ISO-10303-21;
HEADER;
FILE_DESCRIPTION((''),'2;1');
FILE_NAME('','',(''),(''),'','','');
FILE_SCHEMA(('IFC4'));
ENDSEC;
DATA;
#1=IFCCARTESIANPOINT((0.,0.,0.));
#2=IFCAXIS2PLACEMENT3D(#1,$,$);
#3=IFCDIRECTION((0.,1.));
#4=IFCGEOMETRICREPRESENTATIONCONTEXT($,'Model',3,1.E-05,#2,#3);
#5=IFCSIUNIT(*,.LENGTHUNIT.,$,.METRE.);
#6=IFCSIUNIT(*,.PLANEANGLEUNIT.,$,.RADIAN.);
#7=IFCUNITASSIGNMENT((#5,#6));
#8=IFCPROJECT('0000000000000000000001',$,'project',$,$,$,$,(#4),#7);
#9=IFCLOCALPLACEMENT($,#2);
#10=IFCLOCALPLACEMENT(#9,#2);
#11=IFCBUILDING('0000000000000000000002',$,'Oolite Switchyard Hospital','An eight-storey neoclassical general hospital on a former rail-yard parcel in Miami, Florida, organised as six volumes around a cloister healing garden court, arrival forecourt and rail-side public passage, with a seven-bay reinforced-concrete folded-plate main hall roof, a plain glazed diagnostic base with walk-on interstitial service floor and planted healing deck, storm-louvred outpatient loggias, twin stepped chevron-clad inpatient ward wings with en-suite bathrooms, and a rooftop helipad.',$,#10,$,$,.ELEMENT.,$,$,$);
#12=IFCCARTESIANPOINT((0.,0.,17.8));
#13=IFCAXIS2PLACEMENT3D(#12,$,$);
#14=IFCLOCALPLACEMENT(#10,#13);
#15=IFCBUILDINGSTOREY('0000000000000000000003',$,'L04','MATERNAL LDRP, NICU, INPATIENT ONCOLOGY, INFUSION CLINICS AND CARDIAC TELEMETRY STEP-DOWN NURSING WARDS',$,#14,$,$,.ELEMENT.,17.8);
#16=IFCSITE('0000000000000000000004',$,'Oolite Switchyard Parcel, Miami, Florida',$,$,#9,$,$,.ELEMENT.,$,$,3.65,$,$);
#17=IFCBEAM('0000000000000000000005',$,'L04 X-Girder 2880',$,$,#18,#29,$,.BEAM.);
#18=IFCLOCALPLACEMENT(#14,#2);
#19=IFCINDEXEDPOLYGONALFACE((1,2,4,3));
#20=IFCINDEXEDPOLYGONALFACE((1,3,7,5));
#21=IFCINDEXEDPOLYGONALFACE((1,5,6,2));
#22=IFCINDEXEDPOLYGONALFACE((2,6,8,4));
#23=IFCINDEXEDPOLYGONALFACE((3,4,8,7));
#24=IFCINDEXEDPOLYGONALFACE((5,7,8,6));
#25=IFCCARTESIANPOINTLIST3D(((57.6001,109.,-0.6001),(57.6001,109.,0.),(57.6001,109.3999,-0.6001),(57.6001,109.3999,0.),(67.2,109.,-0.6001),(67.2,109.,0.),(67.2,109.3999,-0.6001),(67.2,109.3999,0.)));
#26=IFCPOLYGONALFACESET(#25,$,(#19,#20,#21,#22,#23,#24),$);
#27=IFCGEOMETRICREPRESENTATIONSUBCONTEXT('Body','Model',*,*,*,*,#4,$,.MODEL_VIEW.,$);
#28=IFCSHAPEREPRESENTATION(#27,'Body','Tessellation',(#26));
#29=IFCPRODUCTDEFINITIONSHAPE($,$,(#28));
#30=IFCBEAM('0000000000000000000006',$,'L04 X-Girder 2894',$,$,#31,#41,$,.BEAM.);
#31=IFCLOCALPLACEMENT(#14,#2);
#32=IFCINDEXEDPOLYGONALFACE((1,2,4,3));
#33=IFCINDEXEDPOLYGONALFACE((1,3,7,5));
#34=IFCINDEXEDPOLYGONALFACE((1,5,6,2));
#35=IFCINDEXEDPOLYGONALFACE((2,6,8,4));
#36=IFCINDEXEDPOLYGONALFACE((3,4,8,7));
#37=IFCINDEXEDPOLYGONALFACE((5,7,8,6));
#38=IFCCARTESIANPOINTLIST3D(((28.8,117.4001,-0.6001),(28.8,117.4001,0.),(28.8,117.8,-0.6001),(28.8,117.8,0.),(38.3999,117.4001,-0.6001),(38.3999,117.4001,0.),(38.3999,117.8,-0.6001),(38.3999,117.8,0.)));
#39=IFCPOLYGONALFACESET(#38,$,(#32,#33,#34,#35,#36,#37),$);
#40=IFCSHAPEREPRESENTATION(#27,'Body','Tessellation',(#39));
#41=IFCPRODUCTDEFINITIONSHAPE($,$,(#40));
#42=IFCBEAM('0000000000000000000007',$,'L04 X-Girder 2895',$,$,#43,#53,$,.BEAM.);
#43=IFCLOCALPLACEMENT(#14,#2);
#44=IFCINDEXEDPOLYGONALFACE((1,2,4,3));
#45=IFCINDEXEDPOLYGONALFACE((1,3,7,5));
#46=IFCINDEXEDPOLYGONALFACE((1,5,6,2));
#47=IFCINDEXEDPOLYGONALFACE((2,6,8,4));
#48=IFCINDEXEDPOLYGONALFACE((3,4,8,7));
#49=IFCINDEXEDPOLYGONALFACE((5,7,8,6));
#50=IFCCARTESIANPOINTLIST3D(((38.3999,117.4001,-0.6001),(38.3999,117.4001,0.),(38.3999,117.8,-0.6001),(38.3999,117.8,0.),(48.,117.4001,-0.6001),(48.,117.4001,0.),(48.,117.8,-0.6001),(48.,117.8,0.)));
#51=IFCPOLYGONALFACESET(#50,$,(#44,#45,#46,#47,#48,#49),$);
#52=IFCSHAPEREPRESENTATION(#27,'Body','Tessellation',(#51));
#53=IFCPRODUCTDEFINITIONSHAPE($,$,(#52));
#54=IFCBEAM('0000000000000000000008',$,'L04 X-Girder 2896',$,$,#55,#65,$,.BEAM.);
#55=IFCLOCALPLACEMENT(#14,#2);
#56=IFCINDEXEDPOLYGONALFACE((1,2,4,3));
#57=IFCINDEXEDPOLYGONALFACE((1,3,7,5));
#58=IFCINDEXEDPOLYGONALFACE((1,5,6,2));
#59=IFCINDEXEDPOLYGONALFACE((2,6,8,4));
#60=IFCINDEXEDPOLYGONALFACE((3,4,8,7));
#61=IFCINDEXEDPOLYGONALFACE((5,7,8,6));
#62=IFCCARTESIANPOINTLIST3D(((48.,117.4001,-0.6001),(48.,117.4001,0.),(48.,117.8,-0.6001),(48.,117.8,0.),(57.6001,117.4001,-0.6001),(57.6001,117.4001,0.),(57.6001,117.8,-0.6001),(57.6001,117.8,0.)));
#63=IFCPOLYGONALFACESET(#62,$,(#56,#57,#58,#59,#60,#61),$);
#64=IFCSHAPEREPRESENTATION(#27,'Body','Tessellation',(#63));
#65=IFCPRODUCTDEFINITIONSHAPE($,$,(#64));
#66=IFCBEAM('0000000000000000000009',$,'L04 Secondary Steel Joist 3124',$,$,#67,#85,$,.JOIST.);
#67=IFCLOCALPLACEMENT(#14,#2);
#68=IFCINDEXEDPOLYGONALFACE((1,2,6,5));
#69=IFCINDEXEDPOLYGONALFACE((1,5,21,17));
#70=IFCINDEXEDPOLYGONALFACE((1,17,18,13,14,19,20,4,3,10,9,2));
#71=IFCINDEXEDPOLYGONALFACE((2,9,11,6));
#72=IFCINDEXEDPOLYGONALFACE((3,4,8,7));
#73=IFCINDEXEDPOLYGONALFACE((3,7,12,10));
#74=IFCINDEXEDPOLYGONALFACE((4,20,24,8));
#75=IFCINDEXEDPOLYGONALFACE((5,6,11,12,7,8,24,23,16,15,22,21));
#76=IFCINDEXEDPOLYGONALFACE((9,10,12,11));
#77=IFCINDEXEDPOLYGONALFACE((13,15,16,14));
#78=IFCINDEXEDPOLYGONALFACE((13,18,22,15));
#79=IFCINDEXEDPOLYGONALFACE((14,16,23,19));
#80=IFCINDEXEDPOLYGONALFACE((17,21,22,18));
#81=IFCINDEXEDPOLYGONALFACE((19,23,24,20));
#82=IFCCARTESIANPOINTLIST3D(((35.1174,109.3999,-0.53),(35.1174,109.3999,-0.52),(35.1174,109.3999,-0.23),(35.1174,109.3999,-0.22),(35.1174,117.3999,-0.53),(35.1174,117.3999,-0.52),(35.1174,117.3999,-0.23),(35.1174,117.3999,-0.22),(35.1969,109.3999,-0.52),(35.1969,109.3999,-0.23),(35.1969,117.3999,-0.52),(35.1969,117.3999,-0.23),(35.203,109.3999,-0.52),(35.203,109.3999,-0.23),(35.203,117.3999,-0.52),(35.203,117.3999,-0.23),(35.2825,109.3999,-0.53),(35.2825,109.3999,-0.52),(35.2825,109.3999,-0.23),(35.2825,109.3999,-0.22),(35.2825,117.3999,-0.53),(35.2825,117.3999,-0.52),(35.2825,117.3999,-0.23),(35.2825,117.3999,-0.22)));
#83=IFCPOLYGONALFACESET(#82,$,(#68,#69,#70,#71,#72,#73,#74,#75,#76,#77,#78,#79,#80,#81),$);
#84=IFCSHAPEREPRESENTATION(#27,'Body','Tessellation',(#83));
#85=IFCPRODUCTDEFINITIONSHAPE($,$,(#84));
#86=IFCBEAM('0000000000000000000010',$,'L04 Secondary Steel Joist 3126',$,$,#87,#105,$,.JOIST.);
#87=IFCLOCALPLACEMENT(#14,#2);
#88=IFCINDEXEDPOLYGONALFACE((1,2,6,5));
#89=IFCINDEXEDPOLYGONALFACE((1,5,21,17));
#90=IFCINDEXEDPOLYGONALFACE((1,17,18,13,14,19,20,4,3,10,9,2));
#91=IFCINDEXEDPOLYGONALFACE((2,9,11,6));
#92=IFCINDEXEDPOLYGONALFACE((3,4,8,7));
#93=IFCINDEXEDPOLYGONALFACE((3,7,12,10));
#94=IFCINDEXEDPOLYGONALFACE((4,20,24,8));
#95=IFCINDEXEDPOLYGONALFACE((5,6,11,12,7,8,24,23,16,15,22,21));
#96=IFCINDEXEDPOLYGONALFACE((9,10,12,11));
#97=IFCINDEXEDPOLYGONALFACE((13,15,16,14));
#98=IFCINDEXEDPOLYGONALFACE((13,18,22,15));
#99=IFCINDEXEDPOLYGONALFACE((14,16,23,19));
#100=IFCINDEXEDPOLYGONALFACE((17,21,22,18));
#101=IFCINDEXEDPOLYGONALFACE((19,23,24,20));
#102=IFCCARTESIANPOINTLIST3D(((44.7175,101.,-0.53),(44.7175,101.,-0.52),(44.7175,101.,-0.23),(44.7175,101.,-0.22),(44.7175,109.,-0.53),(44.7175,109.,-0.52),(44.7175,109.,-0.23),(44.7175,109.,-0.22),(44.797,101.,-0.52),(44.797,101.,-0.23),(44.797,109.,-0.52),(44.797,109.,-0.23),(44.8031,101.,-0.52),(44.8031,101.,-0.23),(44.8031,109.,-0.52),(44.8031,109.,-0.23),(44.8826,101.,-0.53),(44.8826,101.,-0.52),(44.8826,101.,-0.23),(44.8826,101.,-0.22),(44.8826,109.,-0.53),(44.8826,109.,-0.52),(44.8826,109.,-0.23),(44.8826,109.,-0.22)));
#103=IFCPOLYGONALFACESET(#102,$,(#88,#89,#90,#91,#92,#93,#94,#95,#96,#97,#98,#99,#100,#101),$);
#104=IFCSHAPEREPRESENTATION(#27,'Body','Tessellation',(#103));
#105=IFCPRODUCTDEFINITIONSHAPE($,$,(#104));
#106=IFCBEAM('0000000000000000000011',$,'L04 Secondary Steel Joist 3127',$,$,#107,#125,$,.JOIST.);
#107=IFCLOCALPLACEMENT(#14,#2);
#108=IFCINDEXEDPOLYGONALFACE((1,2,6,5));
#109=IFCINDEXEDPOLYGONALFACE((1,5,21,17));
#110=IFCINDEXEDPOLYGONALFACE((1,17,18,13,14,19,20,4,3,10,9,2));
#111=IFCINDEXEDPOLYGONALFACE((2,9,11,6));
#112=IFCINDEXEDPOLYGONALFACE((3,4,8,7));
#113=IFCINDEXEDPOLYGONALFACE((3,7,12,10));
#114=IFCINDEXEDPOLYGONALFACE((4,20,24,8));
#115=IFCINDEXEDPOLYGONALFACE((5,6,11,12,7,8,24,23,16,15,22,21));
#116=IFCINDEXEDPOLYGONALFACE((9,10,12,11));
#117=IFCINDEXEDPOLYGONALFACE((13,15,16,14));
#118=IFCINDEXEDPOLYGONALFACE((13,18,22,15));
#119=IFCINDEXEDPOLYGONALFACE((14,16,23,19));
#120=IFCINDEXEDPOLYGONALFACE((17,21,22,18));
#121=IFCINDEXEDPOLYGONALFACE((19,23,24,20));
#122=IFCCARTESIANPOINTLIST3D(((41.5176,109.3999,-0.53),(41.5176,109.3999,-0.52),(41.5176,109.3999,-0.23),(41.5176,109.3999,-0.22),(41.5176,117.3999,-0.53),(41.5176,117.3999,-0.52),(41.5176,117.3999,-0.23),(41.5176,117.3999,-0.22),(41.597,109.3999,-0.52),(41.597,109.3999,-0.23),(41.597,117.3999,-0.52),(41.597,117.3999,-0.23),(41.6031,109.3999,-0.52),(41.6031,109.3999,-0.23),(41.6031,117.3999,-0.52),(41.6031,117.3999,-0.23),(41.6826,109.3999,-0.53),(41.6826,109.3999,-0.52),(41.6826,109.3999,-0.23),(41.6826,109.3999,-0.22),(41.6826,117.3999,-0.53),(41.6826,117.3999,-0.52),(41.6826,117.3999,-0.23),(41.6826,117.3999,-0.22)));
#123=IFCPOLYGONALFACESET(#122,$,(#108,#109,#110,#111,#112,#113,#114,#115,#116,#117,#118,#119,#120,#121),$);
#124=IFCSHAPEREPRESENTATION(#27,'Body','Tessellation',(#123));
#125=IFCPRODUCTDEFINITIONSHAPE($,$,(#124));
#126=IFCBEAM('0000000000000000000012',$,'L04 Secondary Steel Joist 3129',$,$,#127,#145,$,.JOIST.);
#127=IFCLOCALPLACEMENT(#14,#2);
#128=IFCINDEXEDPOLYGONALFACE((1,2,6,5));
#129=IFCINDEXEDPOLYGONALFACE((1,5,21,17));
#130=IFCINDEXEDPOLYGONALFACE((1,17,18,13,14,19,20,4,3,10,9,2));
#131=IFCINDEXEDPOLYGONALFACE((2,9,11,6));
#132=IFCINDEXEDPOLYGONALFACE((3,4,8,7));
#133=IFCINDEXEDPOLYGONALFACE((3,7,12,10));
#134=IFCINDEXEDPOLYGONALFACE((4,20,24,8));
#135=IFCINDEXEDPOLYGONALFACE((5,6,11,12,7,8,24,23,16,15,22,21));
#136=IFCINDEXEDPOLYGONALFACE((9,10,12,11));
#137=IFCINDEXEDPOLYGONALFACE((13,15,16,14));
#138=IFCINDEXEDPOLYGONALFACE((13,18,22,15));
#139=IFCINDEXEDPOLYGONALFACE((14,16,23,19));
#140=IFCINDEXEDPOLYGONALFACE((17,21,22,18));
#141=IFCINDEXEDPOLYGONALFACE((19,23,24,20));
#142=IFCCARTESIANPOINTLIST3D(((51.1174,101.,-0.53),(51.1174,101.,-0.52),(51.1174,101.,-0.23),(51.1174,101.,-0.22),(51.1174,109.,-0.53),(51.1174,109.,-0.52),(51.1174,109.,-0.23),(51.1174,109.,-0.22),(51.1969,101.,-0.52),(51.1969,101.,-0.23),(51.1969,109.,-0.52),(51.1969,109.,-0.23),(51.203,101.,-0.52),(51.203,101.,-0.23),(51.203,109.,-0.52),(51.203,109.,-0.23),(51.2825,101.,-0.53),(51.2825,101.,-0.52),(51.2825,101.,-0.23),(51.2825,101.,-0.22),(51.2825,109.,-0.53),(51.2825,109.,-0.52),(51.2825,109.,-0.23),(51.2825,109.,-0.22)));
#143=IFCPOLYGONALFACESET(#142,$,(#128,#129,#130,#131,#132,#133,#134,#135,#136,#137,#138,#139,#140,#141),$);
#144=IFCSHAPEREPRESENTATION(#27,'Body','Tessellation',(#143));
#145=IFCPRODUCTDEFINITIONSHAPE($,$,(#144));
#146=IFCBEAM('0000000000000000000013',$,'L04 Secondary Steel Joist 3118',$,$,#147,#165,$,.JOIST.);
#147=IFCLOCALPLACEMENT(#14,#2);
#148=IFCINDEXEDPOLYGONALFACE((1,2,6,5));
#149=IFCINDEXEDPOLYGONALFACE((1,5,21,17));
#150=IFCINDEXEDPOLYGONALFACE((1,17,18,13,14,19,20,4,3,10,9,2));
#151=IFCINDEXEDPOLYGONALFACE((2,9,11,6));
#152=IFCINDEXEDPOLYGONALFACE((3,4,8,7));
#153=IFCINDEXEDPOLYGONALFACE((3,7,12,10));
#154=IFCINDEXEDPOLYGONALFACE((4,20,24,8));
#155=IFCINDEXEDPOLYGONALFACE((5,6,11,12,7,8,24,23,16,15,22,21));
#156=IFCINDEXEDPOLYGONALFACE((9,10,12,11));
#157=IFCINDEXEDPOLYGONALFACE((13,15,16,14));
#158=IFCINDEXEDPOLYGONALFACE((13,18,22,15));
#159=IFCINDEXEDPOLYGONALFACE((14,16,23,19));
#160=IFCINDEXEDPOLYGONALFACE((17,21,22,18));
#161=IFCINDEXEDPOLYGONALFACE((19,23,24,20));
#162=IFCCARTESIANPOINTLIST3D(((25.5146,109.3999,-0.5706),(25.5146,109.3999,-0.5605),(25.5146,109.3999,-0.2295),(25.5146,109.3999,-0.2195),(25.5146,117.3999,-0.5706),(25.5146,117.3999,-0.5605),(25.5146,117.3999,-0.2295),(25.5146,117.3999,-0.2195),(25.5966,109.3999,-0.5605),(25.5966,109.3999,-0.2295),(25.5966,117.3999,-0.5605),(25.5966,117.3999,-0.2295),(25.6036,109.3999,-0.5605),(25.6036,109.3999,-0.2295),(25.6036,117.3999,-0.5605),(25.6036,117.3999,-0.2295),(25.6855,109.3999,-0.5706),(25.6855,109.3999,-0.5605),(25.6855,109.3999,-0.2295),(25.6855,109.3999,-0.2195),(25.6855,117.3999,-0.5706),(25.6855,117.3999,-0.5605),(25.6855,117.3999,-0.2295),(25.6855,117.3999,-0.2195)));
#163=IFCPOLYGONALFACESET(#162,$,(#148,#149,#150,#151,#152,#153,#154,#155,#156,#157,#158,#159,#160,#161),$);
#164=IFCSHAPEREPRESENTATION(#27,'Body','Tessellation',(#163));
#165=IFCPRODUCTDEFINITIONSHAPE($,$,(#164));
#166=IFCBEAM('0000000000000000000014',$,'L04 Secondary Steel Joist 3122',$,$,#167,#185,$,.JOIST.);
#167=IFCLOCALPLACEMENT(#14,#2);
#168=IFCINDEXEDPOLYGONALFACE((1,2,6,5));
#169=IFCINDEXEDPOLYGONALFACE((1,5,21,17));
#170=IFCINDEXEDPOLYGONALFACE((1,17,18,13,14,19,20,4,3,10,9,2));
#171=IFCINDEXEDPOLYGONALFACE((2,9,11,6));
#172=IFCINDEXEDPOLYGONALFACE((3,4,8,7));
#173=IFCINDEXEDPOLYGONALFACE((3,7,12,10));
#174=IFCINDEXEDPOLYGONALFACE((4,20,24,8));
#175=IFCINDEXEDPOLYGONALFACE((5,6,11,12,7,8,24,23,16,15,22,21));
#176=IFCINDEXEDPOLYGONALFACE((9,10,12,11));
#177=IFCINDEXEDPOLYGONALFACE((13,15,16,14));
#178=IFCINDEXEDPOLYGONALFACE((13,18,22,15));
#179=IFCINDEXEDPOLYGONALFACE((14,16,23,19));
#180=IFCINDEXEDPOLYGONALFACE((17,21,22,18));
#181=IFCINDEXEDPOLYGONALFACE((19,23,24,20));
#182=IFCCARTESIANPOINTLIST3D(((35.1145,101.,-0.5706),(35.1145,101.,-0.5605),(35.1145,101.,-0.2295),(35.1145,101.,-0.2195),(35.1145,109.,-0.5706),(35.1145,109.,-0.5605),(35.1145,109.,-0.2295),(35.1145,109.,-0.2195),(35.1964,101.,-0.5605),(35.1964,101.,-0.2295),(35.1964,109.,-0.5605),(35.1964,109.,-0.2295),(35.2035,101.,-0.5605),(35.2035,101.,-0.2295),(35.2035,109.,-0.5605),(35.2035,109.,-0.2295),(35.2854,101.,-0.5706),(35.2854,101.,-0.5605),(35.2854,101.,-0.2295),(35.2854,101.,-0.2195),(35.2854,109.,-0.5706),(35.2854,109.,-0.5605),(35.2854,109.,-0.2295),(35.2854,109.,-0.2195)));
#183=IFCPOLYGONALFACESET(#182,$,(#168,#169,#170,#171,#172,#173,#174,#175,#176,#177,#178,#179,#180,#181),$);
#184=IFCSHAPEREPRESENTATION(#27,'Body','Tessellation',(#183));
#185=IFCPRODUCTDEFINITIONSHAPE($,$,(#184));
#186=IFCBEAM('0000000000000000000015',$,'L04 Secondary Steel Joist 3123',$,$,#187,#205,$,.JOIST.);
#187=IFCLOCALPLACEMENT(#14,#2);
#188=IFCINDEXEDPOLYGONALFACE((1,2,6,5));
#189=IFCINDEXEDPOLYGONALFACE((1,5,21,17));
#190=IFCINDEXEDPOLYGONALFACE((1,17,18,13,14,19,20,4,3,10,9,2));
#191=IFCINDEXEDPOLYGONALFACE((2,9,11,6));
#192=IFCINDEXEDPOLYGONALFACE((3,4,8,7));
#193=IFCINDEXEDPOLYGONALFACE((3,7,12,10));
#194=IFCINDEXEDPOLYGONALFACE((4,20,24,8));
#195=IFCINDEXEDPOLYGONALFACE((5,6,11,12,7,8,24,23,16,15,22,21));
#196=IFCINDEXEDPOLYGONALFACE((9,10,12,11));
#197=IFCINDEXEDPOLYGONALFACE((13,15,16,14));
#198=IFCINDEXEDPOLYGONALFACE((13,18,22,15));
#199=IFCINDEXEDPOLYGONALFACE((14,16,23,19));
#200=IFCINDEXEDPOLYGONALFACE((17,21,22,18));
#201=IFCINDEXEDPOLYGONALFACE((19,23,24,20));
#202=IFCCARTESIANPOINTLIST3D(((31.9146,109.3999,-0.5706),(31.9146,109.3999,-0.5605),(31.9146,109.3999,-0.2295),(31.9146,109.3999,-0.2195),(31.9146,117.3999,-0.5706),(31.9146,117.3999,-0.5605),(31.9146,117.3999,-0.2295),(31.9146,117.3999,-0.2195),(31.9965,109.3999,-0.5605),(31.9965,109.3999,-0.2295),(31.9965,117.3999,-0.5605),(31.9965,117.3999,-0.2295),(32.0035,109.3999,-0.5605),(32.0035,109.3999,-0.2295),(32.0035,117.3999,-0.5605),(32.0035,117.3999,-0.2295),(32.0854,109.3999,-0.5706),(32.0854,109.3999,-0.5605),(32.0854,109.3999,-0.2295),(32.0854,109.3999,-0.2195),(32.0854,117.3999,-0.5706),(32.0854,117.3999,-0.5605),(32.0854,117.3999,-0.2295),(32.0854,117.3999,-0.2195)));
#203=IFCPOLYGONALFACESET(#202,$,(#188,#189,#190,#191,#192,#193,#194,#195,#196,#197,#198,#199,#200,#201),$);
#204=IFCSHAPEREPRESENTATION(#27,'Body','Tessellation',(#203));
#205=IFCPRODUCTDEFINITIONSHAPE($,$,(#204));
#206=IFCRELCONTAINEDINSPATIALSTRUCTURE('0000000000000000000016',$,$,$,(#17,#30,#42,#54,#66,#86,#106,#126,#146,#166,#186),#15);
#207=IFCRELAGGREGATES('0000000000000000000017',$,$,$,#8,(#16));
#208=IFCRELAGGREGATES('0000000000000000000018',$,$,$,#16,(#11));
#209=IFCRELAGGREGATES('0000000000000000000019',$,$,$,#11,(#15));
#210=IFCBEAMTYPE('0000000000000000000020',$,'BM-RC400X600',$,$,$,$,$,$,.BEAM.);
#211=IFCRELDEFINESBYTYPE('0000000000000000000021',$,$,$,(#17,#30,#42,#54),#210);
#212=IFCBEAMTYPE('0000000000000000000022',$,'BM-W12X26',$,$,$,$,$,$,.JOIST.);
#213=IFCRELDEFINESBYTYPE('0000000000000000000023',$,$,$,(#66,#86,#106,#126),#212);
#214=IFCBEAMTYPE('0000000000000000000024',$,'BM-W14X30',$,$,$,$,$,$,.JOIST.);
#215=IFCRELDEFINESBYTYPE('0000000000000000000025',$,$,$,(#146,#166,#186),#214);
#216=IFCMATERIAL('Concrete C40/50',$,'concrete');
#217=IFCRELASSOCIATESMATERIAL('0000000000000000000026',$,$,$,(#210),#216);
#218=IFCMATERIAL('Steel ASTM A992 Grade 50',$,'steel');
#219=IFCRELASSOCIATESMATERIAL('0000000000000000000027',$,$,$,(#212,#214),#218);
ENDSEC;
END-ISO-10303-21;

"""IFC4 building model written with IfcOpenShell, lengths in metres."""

from ifc_helpers import new_model, si_unit, direction, frame, origin, origin_2d, place, context, subcontext, project, spatial, rectangle, i_section, extrude, material, material_profile, profile_set, type_object, element, save


model = new_model("IFC4")

# Units and contexts
model_context = context("Model", 3, precision=1e-05, world=origin(), true_north=direction((0.0, 1.0)))
body_context = subcontext(model_context, "Body", "Model", "MODEL_VIEW")
ifc_project = project(units=[si_unit("LENGTHUNIT", "METRE"), si_unit("PLANEANGLEUNIT", "RADIAN")], contexts=[model_context])

# Site, building, storey
site_placement = place(None, origin())
site = spatial("IfcSite", under=ifc_project, at=site_placement, Name="Oolite Switchyard Parcel, Miami, Florida", CompositionType="ELEMENT", RefElevation=3.65)
building_placement = place(site_placement, origin())
building = spatial("IfcBuilding", under=site, at=building_placement, Name="Oolite Switchyard Hospital", Description="An eight-storey neoclassical general hospital on a former rail-yard parcel in Miami, Florida, organised as six volumes around a cloister healing garden court, arrival forecourt and rail-side public passage, with a seven-bay reinforced-concrete folded-plate main hall roof, a plain glazed diagnostic base with walk-on interstitial service floor and planted healing deck, storm-louvred outpatient loggias, twin stepped chevron-clad inpatient ward wings with en-suite bathrooms, and a rooftop helipad.", CompositionType="ELEMENT")
storey_placement = place(building_placement, frame((0.0, 0.0, 17.8)))
storey = spatial("IfcBuildingStorey", under=building, at=storey_placement, Name="L04", Description="MATERNAL LDRP, NICU, INPATIENT ONCOLOGY, INFUSION CLINICS AND CARDIAC TELEMETRY STEP-DOWN NURSING WARDS", CompositionType="ELEMENT", Elevation=17.8)

# Beams
ifc_material_1 = material(Name="Concrete C40/50", Category="concrete")
ifc_material_profile_1 = material_profile(ifc_material_1, rectangle(XDim=0.3999, YDim=0.6001, at=origin_2d()), Name="RCB400X600")
ifc_profile_set_1 = profile_set([ifc_material_profile_1], Name="Concrete C40/50")
beam_type_1 = type_object("IfcBeamType", Name="BM-RC400X600", PredefinedType="BEAM", material=ifc_profile_set_1)
for number, where, z_axis, x_axis, name in (
    (1, (57.6001, 109.2, -0.3), (1.0, 0.0, 0.0), (0.0, 1.0, 0.0), "L04 X-Girder 2880"),
    (2, (28.8, 117.6001, -0.3), (1.0, 0.0, 0.0), (0.0, 1.0, 0.0), "L04 X-Girder 2894"),
):
    element("IfcBeam", number, at=place(storey_placement, frame(where, z_axis=z_axis, x_axis=x_axis)), inside=storey, type_object=beam_type_1, Name=name, PredefinedType="BEAM", context=body_context, shape_type="SweptSolid", body=[
        extrude(rectangle(XDim=0.3999, YDim=0.6001, at=origin_2d()), origin(), (0.0, 0.0, 1.0), 9.5999),
    ])
for number, where, z_axis, x_axis, name in (
    (3, (38.3999, 117.6001, -0.3), (1.0, 0.0, 0.0), (0.0, 1.0, 0.0), "L04 X-Girder 2895"),
    (4, (48.0, 117.6001, -0.3), (1.0, 0.0, 0.0), (0.0, 1.0, 0.0), "L04 X-Girder 2896"),
):
    element("IfcBeam", number, at=place(storey_placement, frame(where, z_axis=z_axis, x_axis=x_axis)), inside=storey, type_object=beam_type_1, Name=name, PredefinedType="BEAM", context=body_context, shape_type="SweptSolid", body=[
        extrude(rectangle(XDim=0.3999, YDim=0.6001, at=origin_2d()), origin(), (0.0, 0.0, 1.0), 9.6001),
    ])
ifc_material_2 = material(Name="Steel ASTM A992 Grade 50", Category="steel")
ifc_material_profile_2 = material_profile(ifc_material_2, i_section(OverallWidth=0.165, OverallDepth=0.3101, WebThickness=0.0061, FlangeThickness=0.01, at=origin_2d()), Name="W12X26")
ifc_profile_set_2 = profile_set([ifc_material_profile_2], Name="Steel ASTM A992 Grade 50")
beam_type_2 = type_object("IfcBeamType", Name="BM-W12X26", PredefinedType="JOIST", material=ifc_profile_set_2)
for number, where, z_axis, x_axis, name in (
    (5, (35.2, 109.3999, -0.375), (0.0, 1.0, 0.0), (-1.0, 0.0, 0.0), "L04 Secondary Steel Joist 3124"),
    (6, (44.8, 101.0, -0.375), (0.0, 1.0, 0.0), (-1.0, 0.0, 0.0), "L04 Secondary Steel Joist 3126"),
    (7, (41.6001, 109.3999, -0.375), (0.0, 1.0, 0.0), (-1.0, 0.0, 0.0), "L04 Secondary Steel Joist 3127"),
    (8, (51.2, 101.0, -0.375), (0.0, 1.0, 0.0), (-1.0, 0.0, 0.0), "L04 Secondary Steel Joist 3129"),
):
    element("IfcBeam", number, at=place(storey_placement, frame(where, z_axis=z_axis, x_axis=x_axis)), inside=storey, type_object=beam_type_2, Name=name, PredefinedType="JOIST", context=body_context, shape_type="SweptSolid", body=[
        extrude(i_section(OverallWidth=0.165, OverallDepth=0.3101, WebThickness=0.0061, FlangeThickness=0.01, at=origin_2d()), origin(), (0.0, 0.0, 1.0), 8.0),
    ])
ifc_material_profile_3 = material_profile(ifc_material_2, i_section(OverallWidth=0.1709, OverallDepth=0.3511, WebThickness=0.0071, FlangeThickness=0.01, at=origin_2d()), Name="W14X30")
ifc_profile_set_3 = profile_set([ifc_material_profile_3], Name="Steel ASTM A992 Grade 50")
beam_type_3 = type_object("IfcBeamType", Name="BM-W14X30", PredefinedType="JOIST", material=ifc_profile_set_3)
for number, where, z_axis, x_axis, name in (
    (9, (25.6001, 109.3999, -0.395), (0.0, 1.0, 0.0), (-1.0, 0.0, 0.0), "L04 Secondary Steel Joist 3118"),
    (10, (35.2, 101.0, -0.395), (0.0, 1.0, 0.0), (-1.0, 0.0, 0.0), "L04 Secondary Steel Joist 3122"),
    (11, (32.0, 109.3999, -0.395), (0.0, 1.0, 0.0), (-1.0, 0.0, 0.0), "L04 Secondary Steel Joist 3123"),
):
    element("IfcBeam", number, at=place(storey_placement, frame(where, z_axis=z_axis, x_axis=x_axis)), inside=storey, type_object=beam_type_3, Name=name, PredefinedType="JOIST", context=body_context, shape_type="SweptSolid", body=[
        extrude(i_section(OverallWidth=0.1709, OverallDepth=0.3511, WebThickness=0.0071, FlangeThickness=0.01, at=origin_2d()), origin(), (0.0, 0.0, 1.0), 8.0),
    ])

save(model, "model.ifc")
